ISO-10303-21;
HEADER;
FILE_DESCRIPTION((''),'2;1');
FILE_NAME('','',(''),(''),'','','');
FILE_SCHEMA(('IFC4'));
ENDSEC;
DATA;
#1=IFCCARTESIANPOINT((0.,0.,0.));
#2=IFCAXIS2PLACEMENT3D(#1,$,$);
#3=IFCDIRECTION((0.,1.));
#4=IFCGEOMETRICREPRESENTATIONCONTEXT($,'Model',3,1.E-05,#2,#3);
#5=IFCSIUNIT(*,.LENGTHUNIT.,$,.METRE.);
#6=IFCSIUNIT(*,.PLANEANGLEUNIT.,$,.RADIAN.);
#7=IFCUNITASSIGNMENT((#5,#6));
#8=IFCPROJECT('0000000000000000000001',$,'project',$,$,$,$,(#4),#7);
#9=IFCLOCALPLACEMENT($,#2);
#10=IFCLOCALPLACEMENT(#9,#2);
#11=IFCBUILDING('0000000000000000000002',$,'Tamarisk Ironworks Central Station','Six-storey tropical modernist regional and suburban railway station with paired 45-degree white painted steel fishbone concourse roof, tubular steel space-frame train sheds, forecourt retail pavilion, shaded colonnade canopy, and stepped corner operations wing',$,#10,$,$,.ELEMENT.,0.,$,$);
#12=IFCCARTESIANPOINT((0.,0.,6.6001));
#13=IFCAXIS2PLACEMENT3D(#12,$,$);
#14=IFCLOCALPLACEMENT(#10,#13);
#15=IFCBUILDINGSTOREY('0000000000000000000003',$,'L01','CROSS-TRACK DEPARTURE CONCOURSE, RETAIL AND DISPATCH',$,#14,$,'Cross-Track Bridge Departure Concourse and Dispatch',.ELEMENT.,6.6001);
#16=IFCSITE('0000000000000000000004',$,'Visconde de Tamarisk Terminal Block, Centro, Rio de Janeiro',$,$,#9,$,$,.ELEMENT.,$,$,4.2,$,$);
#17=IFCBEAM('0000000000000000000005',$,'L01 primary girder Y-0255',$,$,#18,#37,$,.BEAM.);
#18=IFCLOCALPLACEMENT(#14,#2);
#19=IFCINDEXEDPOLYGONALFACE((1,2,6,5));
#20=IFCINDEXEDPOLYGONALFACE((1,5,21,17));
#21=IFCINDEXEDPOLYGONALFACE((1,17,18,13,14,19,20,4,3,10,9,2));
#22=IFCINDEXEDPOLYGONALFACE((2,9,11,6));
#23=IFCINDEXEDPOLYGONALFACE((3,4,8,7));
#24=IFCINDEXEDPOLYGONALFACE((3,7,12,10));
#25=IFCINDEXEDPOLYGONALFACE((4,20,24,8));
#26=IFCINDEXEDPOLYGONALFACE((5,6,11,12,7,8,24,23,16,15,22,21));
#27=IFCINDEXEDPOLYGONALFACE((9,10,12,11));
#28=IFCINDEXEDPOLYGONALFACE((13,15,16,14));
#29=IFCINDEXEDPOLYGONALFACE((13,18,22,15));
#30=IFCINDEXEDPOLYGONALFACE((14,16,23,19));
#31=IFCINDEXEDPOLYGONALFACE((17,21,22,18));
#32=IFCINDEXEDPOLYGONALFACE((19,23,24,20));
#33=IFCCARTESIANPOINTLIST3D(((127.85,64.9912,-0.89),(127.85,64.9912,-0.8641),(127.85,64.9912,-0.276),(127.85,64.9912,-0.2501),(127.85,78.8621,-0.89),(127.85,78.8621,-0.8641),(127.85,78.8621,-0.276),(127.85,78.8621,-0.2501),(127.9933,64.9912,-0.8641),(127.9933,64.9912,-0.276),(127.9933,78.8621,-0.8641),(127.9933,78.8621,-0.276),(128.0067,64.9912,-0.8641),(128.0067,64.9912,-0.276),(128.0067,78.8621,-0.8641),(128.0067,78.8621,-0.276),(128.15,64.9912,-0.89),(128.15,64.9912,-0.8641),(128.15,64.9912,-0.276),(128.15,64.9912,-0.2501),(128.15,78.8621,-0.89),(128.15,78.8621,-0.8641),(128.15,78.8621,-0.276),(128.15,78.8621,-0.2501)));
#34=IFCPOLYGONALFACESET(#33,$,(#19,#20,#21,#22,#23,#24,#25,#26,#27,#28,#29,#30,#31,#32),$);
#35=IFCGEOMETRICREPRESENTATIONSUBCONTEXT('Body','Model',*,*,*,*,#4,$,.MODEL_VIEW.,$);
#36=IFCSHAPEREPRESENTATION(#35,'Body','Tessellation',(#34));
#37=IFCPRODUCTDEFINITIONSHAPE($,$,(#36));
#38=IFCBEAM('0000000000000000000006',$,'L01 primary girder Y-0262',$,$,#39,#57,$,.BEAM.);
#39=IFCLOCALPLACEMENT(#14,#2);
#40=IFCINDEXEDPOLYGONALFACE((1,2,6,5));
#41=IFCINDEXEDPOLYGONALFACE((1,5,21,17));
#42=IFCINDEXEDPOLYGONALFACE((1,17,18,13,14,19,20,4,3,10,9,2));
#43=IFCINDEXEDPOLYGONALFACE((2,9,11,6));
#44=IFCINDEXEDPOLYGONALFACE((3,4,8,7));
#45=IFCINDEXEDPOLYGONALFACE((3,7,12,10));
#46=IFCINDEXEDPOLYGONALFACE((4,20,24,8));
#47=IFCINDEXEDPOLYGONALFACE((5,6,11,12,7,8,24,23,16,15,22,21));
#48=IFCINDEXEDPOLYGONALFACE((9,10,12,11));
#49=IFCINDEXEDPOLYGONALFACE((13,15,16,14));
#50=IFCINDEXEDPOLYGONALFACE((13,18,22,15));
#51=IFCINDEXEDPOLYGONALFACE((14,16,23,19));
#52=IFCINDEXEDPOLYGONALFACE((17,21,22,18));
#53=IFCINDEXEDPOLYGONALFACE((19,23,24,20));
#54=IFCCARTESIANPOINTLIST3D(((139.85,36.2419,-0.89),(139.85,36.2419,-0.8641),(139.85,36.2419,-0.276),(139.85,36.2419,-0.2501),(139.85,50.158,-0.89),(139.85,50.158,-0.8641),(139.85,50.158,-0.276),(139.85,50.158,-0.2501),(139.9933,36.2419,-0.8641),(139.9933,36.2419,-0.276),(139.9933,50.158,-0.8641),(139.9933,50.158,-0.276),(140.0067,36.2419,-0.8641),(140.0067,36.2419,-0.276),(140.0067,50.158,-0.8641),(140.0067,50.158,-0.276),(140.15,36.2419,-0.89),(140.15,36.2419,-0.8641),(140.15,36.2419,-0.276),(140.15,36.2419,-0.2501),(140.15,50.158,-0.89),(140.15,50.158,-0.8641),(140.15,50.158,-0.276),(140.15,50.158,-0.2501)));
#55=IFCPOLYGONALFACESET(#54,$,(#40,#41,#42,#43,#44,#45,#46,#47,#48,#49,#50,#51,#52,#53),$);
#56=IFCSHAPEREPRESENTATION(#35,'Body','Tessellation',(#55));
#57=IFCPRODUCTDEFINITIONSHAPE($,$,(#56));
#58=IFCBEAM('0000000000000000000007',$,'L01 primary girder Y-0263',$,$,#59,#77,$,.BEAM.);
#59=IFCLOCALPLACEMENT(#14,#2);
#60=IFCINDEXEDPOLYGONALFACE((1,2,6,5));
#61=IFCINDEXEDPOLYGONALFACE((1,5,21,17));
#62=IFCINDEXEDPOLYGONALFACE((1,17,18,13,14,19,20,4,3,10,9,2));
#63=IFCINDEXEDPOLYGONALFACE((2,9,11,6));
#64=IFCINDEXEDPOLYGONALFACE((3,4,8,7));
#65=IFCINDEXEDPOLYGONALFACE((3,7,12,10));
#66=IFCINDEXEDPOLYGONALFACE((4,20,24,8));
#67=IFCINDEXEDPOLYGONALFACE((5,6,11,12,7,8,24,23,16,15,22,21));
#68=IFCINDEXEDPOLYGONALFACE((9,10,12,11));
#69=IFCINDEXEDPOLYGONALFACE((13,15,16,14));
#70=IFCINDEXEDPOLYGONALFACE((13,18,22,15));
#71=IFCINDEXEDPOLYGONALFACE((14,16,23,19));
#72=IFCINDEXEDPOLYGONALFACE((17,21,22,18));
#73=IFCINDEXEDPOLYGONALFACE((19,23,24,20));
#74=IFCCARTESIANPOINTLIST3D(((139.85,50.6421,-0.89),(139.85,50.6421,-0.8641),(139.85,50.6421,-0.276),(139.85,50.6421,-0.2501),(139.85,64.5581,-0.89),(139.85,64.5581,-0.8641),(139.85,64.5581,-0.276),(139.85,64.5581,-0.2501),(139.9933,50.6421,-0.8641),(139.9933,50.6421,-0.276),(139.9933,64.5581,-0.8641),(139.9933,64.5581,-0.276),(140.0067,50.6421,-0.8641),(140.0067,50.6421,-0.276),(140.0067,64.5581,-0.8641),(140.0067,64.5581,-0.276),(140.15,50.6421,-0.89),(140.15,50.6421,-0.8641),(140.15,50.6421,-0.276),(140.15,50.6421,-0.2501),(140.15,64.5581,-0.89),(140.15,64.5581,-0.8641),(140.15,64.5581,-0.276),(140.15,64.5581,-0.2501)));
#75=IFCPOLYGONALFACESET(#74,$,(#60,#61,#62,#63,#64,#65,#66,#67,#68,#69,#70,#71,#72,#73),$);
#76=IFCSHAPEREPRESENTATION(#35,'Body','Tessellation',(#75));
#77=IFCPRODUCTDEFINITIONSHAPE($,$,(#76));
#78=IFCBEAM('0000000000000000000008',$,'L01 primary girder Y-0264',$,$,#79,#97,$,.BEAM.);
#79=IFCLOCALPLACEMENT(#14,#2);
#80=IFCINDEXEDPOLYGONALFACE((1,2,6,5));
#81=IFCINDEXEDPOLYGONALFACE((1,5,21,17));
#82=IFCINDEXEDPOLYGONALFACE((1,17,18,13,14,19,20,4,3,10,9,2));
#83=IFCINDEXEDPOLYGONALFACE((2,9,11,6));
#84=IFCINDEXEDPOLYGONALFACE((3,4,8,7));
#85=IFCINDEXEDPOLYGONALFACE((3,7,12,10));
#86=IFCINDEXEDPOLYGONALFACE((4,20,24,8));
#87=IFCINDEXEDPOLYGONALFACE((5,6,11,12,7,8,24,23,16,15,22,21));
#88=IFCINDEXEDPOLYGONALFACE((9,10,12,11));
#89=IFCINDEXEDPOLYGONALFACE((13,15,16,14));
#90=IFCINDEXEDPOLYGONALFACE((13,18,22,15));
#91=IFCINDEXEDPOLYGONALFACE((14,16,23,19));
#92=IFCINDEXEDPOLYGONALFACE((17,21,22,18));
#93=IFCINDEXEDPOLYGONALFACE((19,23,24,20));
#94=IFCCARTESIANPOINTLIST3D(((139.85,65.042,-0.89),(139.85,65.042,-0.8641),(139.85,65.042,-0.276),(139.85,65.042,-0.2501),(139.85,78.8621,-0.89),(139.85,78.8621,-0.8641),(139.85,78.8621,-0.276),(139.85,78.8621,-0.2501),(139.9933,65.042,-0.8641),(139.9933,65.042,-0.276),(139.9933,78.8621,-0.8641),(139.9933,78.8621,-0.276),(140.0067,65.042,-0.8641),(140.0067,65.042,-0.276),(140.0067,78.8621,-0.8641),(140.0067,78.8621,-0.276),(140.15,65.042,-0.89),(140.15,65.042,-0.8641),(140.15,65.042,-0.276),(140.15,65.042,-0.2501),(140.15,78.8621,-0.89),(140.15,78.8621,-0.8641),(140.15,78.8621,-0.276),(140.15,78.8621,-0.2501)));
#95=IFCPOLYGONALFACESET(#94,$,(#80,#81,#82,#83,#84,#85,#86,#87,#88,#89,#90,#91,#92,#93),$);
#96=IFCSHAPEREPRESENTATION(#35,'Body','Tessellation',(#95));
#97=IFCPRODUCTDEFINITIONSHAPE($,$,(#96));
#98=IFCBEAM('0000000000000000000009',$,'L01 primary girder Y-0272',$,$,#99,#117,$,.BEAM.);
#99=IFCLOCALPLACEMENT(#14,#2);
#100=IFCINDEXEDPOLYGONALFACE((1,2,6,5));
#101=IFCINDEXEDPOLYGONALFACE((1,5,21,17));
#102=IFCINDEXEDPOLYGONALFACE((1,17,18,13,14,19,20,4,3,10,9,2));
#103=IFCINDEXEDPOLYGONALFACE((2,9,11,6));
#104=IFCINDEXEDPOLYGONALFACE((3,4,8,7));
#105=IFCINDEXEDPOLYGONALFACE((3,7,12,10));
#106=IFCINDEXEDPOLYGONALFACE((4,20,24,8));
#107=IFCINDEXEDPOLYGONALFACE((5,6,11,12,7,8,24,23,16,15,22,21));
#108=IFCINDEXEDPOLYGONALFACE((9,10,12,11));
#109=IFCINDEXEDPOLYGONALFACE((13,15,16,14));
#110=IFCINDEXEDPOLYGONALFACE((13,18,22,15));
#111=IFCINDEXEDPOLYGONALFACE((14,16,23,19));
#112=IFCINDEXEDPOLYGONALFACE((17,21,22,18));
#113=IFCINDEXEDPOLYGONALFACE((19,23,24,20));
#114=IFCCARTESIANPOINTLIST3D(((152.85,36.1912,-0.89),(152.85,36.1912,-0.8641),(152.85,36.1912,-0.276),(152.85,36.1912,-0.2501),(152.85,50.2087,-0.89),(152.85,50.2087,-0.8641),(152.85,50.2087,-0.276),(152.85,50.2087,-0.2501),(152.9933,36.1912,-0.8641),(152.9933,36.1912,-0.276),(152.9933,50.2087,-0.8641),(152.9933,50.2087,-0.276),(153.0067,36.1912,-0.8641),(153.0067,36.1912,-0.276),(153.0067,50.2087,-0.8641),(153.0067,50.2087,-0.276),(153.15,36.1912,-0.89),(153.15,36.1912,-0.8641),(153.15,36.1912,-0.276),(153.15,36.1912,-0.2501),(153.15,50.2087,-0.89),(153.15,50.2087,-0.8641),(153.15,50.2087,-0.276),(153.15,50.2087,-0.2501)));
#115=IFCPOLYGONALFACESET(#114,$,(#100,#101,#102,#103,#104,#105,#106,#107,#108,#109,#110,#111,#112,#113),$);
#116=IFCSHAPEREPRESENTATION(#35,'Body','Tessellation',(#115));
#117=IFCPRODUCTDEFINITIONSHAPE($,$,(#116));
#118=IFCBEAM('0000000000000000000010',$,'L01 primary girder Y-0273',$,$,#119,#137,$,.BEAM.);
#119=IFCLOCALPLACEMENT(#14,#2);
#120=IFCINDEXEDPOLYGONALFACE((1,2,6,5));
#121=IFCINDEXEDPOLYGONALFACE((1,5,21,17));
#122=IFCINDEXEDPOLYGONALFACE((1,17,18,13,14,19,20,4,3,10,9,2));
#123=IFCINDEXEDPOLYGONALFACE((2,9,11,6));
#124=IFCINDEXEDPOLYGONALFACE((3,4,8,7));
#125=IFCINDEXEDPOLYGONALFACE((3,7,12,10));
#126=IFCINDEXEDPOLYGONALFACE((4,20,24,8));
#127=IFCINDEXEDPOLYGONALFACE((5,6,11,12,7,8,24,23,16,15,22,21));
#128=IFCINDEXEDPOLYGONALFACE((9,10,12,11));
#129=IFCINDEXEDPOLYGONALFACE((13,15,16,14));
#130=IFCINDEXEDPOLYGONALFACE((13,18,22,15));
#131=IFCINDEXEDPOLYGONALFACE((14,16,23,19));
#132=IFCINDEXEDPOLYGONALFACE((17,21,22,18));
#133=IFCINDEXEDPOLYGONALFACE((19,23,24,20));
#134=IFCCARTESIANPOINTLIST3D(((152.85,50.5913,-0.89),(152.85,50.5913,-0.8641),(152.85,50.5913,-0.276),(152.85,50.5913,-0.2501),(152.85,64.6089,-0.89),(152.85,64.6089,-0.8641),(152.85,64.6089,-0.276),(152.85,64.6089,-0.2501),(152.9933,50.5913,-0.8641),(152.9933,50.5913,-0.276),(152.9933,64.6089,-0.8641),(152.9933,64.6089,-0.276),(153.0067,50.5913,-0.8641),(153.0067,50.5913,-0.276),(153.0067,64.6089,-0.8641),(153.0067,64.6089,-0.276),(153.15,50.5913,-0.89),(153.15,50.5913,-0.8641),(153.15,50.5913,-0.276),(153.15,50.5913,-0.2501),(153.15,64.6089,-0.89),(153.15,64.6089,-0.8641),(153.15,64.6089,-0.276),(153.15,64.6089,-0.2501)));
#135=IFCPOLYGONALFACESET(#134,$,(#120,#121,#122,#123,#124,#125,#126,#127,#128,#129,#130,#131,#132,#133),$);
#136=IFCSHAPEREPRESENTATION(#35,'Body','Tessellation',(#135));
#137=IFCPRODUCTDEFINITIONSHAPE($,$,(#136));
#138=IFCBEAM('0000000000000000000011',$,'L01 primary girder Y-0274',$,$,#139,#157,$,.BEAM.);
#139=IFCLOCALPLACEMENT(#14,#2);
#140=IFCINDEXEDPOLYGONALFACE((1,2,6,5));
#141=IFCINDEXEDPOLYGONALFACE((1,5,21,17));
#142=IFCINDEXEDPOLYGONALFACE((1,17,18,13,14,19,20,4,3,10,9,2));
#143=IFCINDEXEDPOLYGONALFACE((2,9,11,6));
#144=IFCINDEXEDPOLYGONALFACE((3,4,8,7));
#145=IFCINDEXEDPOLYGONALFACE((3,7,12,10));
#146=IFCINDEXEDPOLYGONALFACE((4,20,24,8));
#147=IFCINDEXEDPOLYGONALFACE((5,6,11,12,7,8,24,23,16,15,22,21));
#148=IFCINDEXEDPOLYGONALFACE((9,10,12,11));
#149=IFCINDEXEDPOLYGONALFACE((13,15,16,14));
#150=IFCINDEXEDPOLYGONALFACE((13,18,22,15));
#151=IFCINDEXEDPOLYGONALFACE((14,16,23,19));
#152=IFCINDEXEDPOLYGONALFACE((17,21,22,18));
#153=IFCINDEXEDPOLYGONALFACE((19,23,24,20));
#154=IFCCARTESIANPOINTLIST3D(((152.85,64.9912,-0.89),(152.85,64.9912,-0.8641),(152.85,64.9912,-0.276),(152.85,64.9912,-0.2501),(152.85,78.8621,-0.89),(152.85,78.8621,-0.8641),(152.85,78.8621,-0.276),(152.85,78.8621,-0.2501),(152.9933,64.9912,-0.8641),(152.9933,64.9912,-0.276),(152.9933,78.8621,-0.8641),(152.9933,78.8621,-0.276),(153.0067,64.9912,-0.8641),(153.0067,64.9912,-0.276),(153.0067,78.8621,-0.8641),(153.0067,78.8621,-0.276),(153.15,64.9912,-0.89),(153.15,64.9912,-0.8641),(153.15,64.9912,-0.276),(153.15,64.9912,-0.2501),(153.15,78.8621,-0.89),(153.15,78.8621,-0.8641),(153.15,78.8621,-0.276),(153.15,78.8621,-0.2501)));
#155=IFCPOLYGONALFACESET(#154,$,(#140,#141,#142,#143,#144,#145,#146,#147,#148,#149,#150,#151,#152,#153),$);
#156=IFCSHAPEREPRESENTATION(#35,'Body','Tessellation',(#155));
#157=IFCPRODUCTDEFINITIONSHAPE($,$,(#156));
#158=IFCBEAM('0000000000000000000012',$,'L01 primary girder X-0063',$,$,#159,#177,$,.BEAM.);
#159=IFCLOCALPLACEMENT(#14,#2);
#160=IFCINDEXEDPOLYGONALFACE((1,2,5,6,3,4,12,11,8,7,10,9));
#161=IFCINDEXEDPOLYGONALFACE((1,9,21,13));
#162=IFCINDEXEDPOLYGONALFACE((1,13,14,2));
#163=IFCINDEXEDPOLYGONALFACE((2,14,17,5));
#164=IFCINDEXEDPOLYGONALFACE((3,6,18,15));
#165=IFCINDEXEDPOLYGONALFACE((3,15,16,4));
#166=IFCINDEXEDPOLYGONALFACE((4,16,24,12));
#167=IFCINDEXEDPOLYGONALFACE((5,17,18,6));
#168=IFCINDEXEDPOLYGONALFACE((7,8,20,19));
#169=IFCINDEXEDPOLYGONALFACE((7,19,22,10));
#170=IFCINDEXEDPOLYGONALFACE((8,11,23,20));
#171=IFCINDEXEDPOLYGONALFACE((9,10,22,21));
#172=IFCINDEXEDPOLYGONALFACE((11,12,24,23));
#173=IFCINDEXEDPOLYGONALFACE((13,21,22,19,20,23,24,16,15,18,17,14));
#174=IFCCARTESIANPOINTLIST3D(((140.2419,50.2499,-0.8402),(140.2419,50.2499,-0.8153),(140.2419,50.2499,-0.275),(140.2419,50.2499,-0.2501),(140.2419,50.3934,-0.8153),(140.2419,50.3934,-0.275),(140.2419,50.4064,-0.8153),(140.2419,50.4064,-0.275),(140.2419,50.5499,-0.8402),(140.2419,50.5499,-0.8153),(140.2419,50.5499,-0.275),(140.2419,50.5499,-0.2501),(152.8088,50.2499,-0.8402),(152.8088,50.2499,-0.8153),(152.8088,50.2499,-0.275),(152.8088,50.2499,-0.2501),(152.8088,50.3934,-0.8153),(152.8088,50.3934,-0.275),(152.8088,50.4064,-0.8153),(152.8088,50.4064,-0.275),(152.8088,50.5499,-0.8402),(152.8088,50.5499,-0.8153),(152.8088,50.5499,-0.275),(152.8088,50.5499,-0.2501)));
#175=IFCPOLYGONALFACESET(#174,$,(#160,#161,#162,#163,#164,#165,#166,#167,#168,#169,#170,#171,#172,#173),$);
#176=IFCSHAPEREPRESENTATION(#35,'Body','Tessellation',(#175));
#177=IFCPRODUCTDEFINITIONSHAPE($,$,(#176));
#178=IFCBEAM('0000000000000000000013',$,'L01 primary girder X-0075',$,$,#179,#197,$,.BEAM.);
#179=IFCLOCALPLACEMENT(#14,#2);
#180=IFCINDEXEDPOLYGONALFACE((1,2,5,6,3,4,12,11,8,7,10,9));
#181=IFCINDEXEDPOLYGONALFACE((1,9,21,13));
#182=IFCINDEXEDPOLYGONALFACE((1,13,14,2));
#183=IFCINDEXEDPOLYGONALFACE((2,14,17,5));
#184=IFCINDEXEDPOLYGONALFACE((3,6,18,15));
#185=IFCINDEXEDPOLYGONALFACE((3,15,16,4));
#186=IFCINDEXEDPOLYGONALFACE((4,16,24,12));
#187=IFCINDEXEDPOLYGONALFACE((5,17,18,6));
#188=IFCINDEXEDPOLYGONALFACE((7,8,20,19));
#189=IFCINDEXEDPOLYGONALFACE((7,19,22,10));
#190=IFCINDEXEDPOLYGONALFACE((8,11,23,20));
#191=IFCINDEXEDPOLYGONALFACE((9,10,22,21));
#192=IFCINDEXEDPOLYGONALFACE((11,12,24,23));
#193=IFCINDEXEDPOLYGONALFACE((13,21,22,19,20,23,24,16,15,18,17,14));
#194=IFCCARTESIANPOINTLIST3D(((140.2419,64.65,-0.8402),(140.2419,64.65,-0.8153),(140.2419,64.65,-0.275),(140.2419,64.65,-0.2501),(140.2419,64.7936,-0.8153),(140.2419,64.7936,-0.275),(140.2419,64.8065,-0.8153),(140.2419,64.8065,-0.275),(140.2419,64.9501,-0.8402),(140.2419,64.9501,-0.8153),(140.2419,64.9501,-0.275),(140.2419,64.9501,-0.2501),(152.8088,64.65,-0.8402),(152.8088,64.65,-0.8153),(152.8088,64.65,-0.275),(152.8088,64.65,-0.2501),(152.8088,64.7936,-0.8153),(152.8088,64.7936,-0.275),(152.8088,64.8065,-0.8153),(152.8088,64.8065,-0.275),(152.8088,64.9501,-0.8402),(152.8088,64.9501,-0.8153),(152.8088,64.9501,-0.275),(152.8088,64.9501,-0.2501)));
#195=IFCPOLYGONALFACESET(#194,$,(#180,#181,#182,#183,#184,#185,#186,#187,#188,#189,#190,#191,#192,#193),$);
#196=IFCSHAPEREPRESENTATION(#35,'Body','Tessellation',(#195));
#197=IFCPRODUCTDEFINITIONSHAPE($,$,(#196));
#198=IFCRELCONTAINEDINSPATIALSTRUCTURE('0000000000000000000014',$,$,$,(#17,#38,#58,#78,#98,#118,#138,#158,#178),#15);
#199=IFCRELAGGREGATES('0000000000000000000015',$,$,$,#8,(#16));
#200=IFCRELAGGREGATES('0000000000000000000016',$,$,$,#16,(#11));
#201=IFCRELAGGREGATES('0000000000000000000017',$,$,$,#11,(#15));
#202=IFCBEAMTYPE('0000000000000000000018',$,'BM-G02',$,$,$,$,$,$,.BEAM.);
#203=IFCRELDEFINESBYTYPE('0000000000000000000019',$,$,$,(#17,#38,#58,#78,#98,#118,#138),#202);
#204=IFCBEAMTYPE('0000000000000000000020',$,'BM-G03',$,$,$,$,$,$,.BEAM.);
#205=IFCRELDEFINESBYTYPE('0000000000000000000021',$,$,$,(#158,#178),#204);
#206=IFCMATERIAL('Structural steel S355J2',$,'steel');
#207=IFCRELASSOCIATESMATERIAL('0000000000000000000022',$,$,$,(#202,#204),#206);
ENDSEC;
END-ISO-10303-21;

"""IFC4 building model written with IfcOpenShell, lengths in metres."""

from ifc_helpers import new_model, si_unit, direction, frame, origin, origin_2d, place, context, subcontext, project, spatial, i_section, extrude, material, material_profile, profile_set, type_object, element, save


model = new_model("IFC4")

# Units and contexts
model_context = context("Model", 3, precision=1e-05, world=origin(), true_north=direction((0.0, 1.0)))
body_context = subcontext(model_context, "Body", "Model", "MODEL_VIEW")
ifc_project = project(units=[si_unit("LENGTHUNIT", "METRE"), si_unit("PLANEANGLEUNIT", "RADIAN")], contexts=[model_context])

# Site, building, storey
site_placement = place(None, origin())
site = spatial("IfcSite", under=ifc_project, at=site_placement, Name="Visconde de Tamarisk Terminal Block, Centro, Rio de Janeiro", CompositionType="ELEMENT", RefElevation=4.2)
building_placement = place(site_placement, origin())
building = spatial("IfcBuilding", under=site, at=building_placement, Name="Tamarisk Ironworks Central Station", Description="Six-storey tropical modernist regional and suburban railway station with paired 45-degree white painted steel fishbone concourse roof, tubular steel space-frame train sheds, forecourt retail pavilion, shaded colonnade canopy, and stepped corner operations wing", CompositionType="ELEMENT", ElevationOfRefHeight=0.0)
storey_placement = place(building_placement, frame((0.0, 0.0, 6.6001)))
storey = spatial("IfcBuildingStorey", under=building, at=storey_placement, Name="L01", Description="CROSS-TRACK DEPARTURE CONCOURSE, RETAIL AND DISPATCH", LongName="Cross-Track Bridge Departure Concourse and Dispatch", CompositionType="ELEMENT", Elevation=6.6001)

# Beams
ifc_material_1 = material(Name="Structural steel S355J2", Category="steel")
ifc_material_profile_1 = material_profile(ifc_material_1, i_section(OverallWidth=0.3, OverallDepth=0.6399, WebThickness=0.0134, FlangeThickness=0.0259, at=origin_2d()), Name="HEA 650")
ifc_profile_set_1 = profile_set([ifc_material_profile_1], Name="Structural steel S355J2")
beam_type_1 = type_object("IfcBeamType", Name="BM-G02", PredefinedType="BEAM", material=ifc_profile_set_1)
beam_1_placement = place(storey_placement, frame((128.0, 64.9912, -0.5701), z_axis=(0.0, 1.0, 0.0), x_axis=(-1.0, 0.0, 0.0)))
element("IfcBeam", 1, at=beam_1_placement, inside=storey, type_object=beam_type_1, Name="L01 primary girder Y-0255", PredefinedType="BEAM", context=body_context, shape_type="SweptSolid", body=[
    extrude(i_section(OverallWidth=0.3, OverallDepth=0.6399, WebThickness=0.0134, FlangeThickness=0.0259, at=origin_2d()), origin(), (0.0, 0.0, 1.0), 13.8708),
])
for number, where, z_axis, x_axis, name in (
    (2, (140.0, 36.2419, -0.5701), (0.0, 1.0, 0.0), (-1.0, 0.0, 0.0), "L01 primary girder Y-0262"),
    (3, (140.0, 50.6421, -0.5701), (0.0, 1.0, 0.0), (-1.0, 0.0, 0.0), "L01 primary girder Y-0263"),
):
    element("IfcBeam", number, at=place(storey_placement, frame(where, z_axis=z_axis, x_axis=x_axis)), inside=storey, type_object=beam_type_1, Name=name, PredefinedType="BEAM", context=body_context, shape_type="SweptSolid", body=[
        extrude(i_section(OverallWidth=0.3, OverallDepth=0.6399, WebThickness=0.0134, FlangeThickness=0.0259, at=origin_2d()), origin(), (0.0, 0.0, 1.0), 13.916),
    ])
beam_2_placement = place(storey_placement, frame((140.0, 65.042, -0.5701), z_axis=(0.0, 1.0, 0.0), x_axis=(-1.0, 0.0, 0.0)))
element("IfcBeam", 4, at=beam_2_placement, inside=storey, type_object=beam_type_1, Name="L01 primary girder Y-0264", PredefinedType="BEAM", context=body_context, shape_type="SweptSolid", body=[
    extrude(i_section(OverallWidth=0.3, OverallDepth=0.6399, WebThickness=0.0134, FlangeThickness=0.0259, at=origin_2d()), origin(), (0.0, 0.0, 1.0), 13.8201),
])
for number, where, z_axis, x_axis, name in (
    (5, (153.0, 36.1912, -0.5701), (0.0, 1.0, 0.0), (-1.0, 0.0, 0.0), "L01 primary girder Y-0272"),
    (6, (153.0, 50.5913, -0.5701), (0.0, 1.0, 0.0), (-1.0, 0.0, 0.0), "L01 primary girder Y-0273"),
):
    element("IfcBeam", number, at=place(storey_placement, frame(where, z_axis=z_axis, x_axis=x_axis)), inside=storey, type_object=beam_type_1, Name=name, PredefinedType="BEAM", context=body_context, shape_type="SweptSolid", body=[
        extrude(i_section(OverallWidth=0.3, OverallDepth=0.6399, WebThickness=0.0134, FlangeThickness=0.0259, at=origin_2d()), origin(), (0.0, 0.0, 1.0), 14.0176),
    ])
beam_3_placement = place(storey_placement, frame((153.0, 64.9912, -0.5701), z_axis=(0.0, 1.0, 0.0), x_axis=(-1.0, 0.0, 0.0)))
element("IfcBeam", 7, at=beam_3_placement, inside=storey, type_object=beam_type_1, Name="L01 primary girder Y-0274", PredefinedType="BEAM", context=body_context, shape_type="SweptSolid", body=[
    extrude(i_section(OverallWidth=0.3, OverallDepth=0.6399, WebThickness=0.0134, FlangeThickness=0.0259, at=origin_2d()), origin(), (0.0, 0.0, 1.0), 13.8708),
])
ifc_material_profile_2 = material_profile(ifc_material_1, i_section(OverallWidth=0.3, OverallDepth=0.5901, WebThickness=0.0129, FlangeThickness=0.0249, at=origin_2d()), Name="HEA 600")
ifc_profile_set_2 = profile_set([ifc_material_profile_2], Name="Structural steel S355J2")
beam_type_2 = type_object("IfcBeamType", Name="BM-G03", PredefinedType="BEAM", material=ifc_profile_set_2)
for number, where, z_axis, x_axis, name in (
    (8, (140.2419, 50.3999, -0.5452), (1.0, 0.0, 0.0), (0.0, 1.0, 0.0), "L01 primary girder X-0063"),
    (9, (140.2419, 64.8, -0.5452), (1.0, 0.0, 0.0), (0.0, 1.0, 0.0), "L01 primary girder X-0075"),
):
    element("IfcBeam", number, at=place(storey_placement, frame(where, z_axis=z_axis, x_axis=x_axis)), inside=storey, type_object=beam_type_2, Name=name, PredefinedType="BEAM", context=body_context, shape_type="SweptSolid", body=[
        extrude(i_section(OverallWidth=0.3, OverallDepth=0.5901, WebThickness=0.0129, FlangeThickness=0.0249, at=origin_2d()), origin(), (0.0, 0.0, 1.0), 12.5669),
    ])

save(model, "model.ifc")
